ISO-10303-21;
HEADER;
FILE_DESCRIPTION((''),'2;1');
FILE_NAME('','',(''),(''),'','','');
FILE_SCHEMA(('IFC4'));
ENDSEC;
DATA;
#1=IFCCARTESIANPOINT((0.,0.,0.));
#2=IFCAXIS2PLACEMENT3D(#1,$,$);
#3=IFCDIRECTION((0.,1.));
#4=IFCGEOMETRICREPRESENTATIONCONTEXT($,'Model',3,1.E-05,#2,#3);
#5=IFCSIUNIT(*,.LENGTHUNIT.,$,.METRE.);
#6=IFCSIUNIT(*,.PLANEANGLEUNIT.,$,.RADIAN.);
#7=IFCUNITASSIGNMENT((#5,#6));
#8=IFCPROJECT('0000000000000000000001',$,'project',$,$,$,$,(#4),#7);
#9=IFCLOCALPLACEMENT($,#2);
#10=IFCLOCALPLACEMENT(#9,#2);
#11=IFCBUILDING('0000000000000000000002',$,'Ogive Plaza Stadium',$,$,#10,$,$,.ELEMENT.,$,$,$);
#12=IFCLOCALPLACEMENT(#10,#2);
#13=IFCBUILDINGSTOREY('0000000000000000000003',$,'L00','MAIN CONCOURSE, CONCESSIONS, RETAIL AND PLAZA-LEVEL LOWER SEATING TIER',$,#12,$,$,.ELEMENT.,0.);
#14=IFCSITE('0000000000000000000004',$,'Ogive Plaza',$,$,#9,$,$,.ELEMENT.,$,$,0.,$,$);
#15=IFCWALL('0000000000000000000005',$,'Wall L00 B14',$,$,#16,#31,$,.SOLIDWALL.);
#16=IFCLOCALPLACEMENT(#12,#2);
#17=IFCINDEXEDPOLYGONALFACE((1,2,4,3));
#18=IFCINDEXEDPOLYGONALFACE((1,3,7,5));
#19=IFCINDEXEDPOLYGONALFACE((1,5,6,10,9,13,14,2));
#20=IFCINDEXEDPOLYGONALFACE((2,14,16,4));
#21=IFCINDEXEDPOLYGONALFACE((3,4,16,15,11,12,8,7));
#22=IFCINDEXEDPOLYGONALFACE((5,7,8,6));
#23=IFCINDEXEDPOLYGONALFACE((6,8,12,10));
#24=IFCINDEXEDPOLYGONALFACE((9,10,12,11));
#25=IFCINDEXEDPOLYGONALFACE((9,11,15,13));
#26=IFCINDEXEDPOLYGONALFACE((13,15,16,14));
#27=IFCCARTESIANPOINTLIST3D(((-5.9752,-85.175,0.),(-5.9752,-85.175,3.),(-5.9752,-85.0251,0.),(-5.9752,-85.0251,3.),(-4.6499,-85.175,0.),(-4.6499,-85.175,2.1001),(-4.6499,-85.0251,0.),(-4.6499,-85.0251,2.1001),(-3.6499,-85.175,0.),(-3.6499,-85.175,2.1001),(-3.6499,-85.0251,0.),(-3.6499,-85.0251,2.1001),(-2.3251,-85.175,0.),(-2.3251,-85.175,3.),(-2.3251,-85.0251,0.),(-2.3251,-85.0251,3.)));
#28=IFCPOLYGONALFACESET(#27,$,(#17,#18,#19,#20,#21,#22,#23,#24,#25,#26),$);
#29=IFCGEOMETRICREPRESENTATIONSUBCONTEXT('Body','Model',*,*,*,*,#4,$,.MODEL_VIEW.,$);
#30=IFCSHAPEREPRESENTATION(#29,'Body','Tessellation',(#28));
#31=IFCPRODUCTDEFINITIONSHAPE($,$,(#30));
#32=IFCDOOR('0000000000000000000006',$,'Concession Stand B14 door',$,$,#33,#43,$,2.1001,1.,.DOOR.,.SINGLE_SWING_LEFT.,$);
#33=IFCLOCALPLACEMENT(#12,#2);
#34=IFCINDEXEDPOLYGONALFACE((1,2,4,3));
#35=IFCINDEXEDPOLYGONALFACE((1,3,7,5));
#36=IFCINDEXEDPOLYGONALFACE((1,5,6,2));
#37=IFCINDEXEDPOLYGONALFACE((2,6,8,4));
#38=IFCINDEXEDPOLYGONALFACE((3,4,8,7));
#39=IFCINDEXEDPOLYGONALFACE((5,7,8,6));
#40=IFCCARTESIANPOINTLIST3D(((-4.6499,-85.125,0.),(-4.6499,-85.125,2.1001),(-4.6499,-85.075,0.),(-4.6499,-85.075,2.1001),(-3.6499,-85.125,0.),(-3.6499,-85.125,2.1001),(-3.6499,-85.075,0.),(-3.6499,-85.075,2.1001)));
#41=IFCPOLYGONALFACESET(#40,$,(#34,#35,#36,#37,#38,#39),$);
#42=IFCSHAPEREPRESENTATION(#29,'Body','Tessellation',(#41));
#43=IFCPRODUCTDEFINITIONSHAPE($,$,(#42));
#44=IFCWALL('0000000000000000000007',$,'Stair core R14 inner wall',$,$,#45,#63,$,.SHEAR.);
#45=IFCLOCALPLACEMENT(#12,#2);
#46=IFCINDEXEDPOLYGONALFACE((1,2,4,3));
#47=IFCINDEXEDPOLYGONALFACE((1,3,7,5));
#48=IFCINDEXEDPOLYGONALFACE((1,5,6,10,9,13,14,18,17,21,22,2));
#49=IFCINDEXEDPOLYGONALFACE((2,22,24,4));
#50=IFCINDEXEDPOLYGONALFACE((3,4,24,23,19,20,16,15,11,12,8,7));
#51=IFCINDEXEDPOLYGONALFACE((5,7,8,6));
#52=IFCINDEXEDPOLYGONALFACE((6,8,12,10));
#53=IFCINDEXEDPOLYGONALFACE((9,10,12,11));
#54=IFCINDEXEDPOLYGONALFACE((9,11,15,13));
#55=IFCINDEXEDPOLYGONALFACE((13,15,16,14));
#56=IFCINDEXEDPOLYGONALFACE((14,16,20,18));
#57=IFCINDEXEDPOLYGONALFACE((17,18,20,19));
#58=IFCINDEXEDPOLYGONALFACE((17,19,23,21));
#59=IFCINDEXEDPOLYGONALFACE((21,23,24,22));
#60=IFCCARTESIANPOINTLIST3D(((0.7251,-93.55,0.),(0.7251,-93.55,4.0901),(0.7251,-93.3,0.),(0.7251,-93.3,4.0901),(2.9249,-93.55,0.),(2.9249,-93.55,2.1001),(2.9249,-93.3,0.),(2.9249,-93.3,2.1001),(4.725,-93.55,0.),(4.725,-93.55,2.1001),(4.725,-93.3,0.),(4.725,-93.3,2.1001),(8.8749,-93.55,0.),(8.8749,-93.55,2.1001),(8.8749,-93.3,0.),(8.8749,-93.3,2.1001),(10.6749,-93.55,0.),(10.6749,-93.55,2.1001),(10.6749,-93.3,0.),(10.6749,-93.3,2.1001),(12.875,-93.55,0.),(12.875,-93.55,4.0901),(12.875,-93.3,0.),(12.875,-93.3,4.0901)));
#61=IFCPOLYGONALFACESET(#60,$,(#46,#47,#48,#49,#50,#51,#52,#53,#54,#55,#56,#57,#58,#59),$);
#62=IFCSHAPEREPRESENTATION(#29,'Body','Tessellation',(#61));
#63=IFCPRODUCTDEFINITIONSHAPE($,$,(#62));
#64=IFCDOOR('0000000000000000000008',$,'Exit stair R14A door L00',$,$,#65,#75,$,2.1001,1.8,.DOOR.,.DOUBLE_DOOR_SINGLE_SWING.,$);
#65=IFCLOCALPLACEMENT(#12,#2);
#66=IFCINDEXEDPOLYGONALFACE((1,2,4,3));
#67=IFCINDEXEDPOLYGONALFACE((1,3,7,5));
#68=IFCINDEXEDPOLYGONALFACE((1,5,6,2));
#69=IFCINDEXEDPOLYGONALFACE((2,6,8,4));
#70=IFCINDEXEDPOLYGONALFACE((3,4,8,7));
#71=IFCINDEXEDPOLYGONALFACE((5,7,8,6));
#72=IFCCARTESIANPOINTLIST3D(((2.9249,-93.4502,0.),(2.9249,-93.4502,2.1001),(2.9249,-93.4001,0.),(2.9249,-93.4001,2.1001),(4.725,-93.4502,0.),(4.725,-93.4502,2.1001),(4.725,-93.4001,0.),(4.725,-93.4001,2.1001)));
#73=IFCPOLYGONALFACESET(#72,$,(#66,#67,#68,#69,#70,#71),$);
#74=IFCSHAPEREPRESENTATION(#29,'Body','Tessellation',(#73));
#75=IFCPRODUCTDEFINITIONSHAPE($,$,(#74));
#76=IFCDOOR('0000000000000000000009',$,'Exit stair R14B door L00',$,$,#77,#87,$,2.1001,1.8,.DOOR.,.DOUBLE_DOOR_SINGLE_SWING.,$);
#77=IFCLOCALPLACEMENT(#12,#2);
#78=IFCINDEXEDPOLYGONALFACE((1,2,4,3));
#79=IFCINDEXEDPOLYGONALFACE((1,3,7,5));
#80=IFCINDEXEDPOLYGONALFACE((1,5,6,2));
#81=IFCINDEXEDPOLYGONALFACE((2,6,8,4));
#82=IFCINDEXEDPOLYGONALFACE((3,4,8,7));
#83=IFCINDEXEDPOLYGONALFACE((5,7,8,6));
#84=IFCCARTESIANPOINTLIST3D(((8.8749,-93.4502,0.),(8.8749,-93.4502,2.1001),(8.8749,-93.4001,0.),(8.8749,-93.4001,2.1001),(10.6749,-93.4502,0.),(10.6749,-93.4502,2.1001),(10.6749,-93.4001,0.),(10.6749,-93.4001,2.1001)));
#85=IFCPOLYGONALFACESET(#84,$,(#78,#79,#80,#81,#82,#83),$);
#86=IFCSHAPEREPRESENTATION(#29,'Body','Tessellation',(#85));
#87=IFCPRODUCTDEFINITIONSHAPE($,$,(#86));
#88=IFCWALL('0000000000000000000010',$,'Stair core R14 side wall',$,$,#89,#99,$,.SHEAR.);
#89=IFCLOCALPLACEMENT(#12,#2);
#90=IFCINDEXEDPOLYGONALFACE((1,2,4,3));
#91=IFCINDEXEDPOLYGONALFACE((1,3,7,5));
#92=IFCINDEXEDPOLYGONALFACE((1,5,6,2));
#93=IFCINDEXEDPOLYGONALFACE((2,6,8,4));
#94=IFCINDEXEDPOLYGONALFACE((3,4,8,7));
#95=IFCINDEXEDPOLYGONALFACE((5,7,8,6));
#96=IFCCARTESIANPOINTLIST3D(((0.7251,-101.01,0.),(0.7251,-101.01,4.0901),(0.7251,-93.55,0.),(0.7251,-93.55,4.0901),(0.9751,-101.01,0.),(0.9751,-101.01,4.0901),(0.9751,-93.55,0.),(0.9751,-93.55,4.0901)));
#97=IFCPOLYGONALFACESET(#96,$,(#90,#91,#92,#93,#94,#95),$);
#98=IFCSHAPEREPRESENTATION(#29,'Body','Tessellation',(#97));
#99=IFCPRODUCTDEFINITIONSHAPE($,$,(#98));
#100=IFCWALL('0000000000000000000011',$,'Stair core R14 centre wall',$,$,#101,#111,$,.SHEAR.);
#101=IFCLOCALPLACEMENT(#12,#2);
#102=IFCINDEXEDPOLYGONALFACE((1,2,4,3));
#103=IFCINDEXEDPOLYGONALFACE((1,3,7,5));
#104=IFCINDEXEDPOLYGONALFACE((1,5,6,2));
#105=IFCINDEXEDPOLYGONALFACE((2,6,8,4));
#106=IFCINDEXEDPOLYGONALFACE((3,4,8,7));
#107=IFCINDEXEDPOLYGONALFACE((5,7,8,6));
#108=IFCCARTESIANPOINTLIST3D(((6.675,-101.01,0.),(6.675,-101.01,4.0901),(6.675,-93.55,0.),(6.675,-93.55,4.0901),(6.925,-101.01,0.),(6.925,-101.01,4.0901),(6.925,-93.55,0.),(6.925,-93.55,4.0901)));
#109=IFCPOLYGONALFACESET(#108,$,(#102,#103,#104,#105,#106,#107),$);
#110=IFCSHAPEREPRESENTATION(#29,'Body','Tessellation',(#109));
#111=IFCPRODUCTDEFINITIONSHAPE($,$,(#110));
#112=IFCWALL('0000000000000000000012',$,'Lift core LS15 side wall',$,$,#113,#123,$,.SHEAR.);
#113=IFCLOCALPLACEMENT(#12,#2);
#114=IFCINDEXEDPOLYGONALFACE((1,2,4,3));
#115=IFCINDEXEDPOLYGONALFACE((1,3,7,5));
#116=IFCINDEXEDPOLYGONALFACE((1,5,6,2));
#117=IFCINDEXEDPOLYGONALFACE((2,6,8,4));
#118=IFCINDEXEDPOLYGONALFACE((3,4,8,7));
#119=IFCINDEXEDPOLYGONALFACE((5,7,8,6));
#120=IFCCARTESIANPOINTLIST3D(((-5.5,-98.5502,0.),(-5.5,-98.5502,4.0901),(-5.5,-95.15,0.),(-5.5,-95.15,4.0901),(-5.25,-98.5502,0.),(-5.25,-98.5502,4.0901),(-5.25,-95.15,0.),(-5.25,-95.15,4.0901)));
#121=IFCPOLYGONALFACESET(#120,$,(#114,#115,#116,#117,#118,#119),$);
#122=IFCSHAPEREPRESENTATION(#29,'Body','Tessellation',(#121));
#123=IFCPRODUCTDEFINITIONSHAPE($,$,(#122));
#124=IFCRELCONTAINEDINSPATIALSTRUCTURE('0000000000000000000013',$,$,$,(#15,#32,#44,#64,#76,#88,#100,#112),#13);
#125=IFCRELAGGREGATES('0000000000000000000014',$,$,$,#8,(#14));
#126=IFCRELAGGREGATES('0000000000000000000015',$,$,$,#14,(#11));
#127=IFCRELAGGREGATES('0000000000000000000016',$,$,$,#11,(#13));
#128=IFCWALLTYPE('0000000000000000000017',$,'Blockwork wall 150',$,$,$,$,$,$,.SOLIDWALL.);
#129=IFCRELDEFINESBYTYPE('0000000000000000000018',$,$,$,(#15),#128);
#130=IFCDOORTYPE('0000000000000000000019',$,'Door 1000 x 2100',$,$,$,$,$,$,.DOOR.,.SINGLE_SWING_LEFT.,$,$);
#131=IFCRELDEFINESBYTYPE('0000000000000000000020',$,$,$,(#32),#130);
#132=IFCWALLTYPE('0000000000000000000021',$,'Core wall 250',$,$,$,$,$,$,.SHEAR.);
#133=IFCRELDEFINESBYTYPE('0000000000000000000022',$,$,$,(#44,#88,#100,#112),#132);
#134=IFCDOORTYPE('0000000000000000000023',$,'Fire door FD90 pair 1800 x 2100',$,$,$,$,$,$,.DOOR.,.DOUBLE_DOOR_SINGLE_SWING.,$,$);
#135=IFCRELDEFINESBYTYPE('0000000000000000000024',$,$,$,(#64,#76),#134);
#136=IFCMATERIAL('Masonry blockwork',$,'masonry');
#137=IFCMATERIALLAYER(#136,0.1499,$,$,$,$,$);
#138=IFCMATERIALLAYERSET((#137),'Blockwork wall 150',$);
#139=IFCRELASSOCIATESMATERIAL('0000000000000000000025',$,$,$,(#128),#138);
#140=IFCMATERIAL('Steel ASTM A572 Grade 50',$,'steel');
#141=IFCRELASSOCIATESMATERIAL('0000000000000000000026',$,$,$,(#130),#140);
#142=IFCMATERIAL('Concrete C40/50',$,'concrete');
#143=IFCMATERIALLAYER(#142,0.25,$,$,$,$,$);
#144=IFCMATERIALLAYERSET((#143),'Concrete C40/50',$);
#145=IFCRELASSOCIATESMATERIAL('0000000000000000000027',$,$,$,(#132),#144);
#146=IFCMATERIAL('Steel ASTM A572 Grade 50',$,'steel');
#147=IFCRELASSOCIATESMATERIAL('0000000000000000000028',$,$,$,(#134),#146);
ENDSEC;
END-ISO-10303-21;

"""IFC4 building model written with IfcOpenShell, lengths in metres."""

from ifc_helpers import new_model, si_unit, direction, frame, frame_2d, origin, place, context, subcontext, project, spatial, rectangle, extrude, material, layer, layer_set, type_object, element, fill, save


model = new_model("IFC4")

# Units and contexts
model_context = context("Model", 3, precision=1e-05, world=origin(), true_north=direction((0.0, 1.0)))
body_context = subcontext(model_context, "Body", "Model", "MODEL_VIEW")
ifc_project = project(units=[si_unit("LENGTHUNIT", "METRE"), si_unit("PLANEANGLEUNIT", "RADIAN")], contexts=[model_context])

# Site, building, storey
site_placement = place(None, origin())
site = spatial("IfcSite", under=ifc_project, at=site_placement, Name="Ogive Plaza", CompositionType="ELEMENT", RefElevation=0.0)
building_placement = place(site_placement, origin())
building = spatial("IfcBuilding", under=site, at=building_placement, Name="Ogive Plaza Stadium", CompositionType="ELEMENT")
storey_placement = place(building_placement, origin())
storey = spatial("IfcBuildingStorey", under=building, at=storey_placement, Name="L00", Description="MAIN CONCOURSE, CONCESSIONS, RETAIL AND PLAZA-LEVEL LOWER SEATING TIER", CompositionType="ELEMENT", Elevation=0.0)

# Wall, opening, door
ifc_material_1 = material(Name="Masonry blockwork", Category="masonry")
ifc_layer_1 = layer(ifc_material_1, 0.1499)
ifc_layer_set_1 = layer_set([ifc_layer_1], Name="Blockwork wall 150")
wall_type_1 = type_object("IfcWallType", Name="Blockwork wall 150", PredefinedType="SOLIDWALL", material=ifc_layer_set_1)
ifc_material_2 = material(Name="Steel ASTM A572 Grade 50", Category="steel")
door_type_1 = type_object("IfcDoorType", Name="Door 1000 x 2100", OperationType="SINGLE_SWING_LEFT", PredefinedType="DOOR", material=ifc_material_2)
wall_1_placement = place(storey_placement, frame((-2.325, -85.1001, 0.0), z_axis=(0.0, 0.0, 1.0), x_axis=(-1.0, 0.0, 0.0)))
wall_1 = element("IfcWall", 1, at=wall_1_placement, inside=storey, type_object=wall_type_1, Name="Wall L00 B14", PredefinedType="SOLIDWALL", context=body_context, shape_type="SweptSolid", body=[
    extrude(rectangle(XDim=3.6501, YDim=0.1499, at=frame_2d((1.8252, 0.0))), origin(), (0.0, 0.0, 1.0), 3.0),
])
opening_1_placement = place(wall_1_placement, frame((1.325, 0.0, 0.0)))
opening_1 = element("IfcOpeningElement", 2, at=opening_1_placement, cuts=wall_1, PredefinedType="OPENING", context=body_context, shape_type="SweptSolid", body=[
    extrude(rectangle(XDim=1.0, YDim=2.1001, at=frame_2d((0.5, 1.05))), frame((0.0, 0.075, 0.0), z_axis=(0.0, -1.0, 0.0), x_axis=(1.0, 0.0, 0.0)), (0.0, 0.0, 1.0), 0.1499),
])
door_1_placement = place(opening_1_placement, origin())
door_1 = element("IfcDoor", 3, at=door_1_placement, inside=storey, type_object=door_type_1, Name="Concession Stand B14 door", OperationType="SINGLE_SWING_LEFT", OverallHeight=2.1001, OverallWidth=1.0, PredefinedType="DOOR", context=body_context, shape_type="SweptSolid", body=[
    extrude(rectangle(XDim=1.0, YDim=2.1001, at=frame_2d((0.5, 1.05))), frame((0.0, 0.0249, 0.0), z_axis=(0.0, -1.0, 0.0), x_axis=(1.0, 0.0, 0.0)), (0.0, 0.0, 1.0), 0.05),
])
fill(opening_1, door_1)

# Wall, openings, doors
ifc_material_3 = material(Name="Concrete C40/50", Category="concrete")
ifc_layer_2 = layer(ifc_material_3, 0.25)
ifc_layer_set_2 = layer_set([ifc_layer_2], Name="Concrete C40/50")
wall_type_2 = type_object("IfcWallType", Name="Core wall 250", PredefinedType="SHEAR", material=ifc_layer_set_2)
wall_2_placement = place(storey_placement, frame((0.7251, -93.425, 0.0), z_axis=(0.0, 0.0, 1.0), x_axis=(1.0, 0.0, 0.0)))
wall_2 = element("IfcWall", 4, at=wall_2_placement, inside=storey, type_object=wall_type_2, Name="Stair core R14 inner wall", PredefinedType="SHEAR", context=body_context, shape_type="SweptSolid", body=[
    extrude(rectangle(XDim=12.1499, YDim=0.25, at=frame_2d((6.075, 0.0))), origin(), (0.0, 0.0, 1.0), 4.0901),
])
opening_2_placement = place(wall_2_placement, frame((2.2, 0.0, 0.0)))
opening_2 = element("IfcOpeningElement", 5, at=opening_2_placement, cuts=wall_2, PredefinedType="OPENING", context=body_context, shape_type="SweptSolid", body=[
    extrude(rectangle(XDim=1.8, YDim=2.1001, at=frame_2d((0.8999, 1.05))), frame((0.0, 0.125, 0.0), z_axis=(0.0, -1.0, 0.0), x_axis=(1.0, 0.0, 0.0)), (0.0, 0.0, 1.0), 0.25),
])
opening_3_placement = place(wall_2_placement, frame((8.1499, 0.0, 0.0)))
opening_3 = element("IfcOpeningElement", 6, at=opening_3_placement, cuts=wall_2, PredefinedType="OPENING", context=body_context, shape_type="SweptSolid", body=[
    extrude(rectangle(XDim=1.8, YDim=2.1001, at=frame_2d((0.8999, 1.05))), frame((0.0, 0.125, 0.0), z_axis=(0.0, -1.0, 0.0), x_axis=(1.0, 0.0, 0.0)), (0.0, 0.0, 1.0), 0.25),
])
ifc_material_4 = material(Name="Steel ASTM A572 Grade 50", Category="steel")
door_type_2 = type_object("IfcDoorType", Name="Fire door FD90 pair 1800 x 2100", OperationType="DOUBLE_DOOR_SINGLE_SWING", PredefinedType="DOOR", material=ifc_material_4)
door_2_placement = place(opening_2_placement, origin())
door_2 = element("IfcDoor", 7, at=door_2_placement, inside=storey, type_object=door_type_2, Name="Exit stair R14A door L00", OperationType="DOUBLE_DOOR_SINGLE_SWING", OverallHeight=2.1001, OverallWidth=1.8, PredefinedType="DOOR", context=body_context, shape_type="SweptSolid", body=[
    extrude(rectangle(XDim=1.8, YDim=2.1001, at=frame_2d((0.8999, 1.05))), frame((0.0, 0.0249, 0.0), z_axis=(0.0, -1.0, 0.0), x_axis=(1.0, 0.0, 0.0)), (0.0, 0.0, 1.0), 0.05),
])
fill(opening_2, door_2)
door_3_placement = place(opening_3_placement, origin())
door_3 = element("IfcDoor", 8, at=door_3_placement, inside=storey, type_object=door_type_2, Name="Exit stair R14B door L00", OperationType="DOUBLE_DOOR_SINGLE_SWING", OverallHeight=2.1001, OverallWidth=1.8, PredefinedType="DOOR", context=body_context, shape_type="SweptSolid", body=[
    extrude(rectangle(XDim=1.8, YDim=2.1001, at=frame_2d((0.8999, 1.05))), frame((0.0, 0.0249, 0.0), z_axis=(0.0, -1.0, 0.0), x_axis=(1.0, 0.0, 0.0)), (0.0, 0.0, 1.0), 0.05),
])
fill(opening_3, door_3)

# Walls
for number, where, z_axis, x_axis, name in (
    (9, (0.8501, -93.55, 0.0), (0.0, 0.0, 1.0), (0.0, -1.0, 0.0), "Stair core R14 side wall"),
    (10, (6.8, -93.55, 0.0), (0.0, 0.0, 1.0), (0.0, -1.0, 0.0), "Stair core R14 centre wall"),
):
    element("IfcWall", number, at=place(storey_placement, frame(where, z_axis=z_axis, x_axis=x_axis)), inside=storey, type_object=wall_type_2, Name=name, PredefinedType="SHEAR", context=body_context, shape_type="SweptSolid", body=[
        extrude(rectangle(XDim=7.46, YDim=0.25, at=frame_2d((3.73, 0.0))), origin(), (0.0, 0.0, 1.0), 4.0901),
    ])
wall_3_placement = place(storey_placement, frame((-5.375, -95.1499, 0.0), z_axis=(0.0, 0.0, 1.0), x_axis=(0.0, -1.0, 0.0)))
element("IfcWall", 11, at=wall_3_placement, inside=storey, type_object=wall_type_2, Name="Lift core LS15 side wall", PredefinedType="SHEAR", context=body_context, shape_type="SweptSolid", body=[
    extrude(rectangle(XDim=3.4001, YDim=0.25, at=frame_2d((1.7002, 0.0))), origin(), (0.0, 0.0, 1.0), 4.0901),
])

save(model, "model.ifc")
